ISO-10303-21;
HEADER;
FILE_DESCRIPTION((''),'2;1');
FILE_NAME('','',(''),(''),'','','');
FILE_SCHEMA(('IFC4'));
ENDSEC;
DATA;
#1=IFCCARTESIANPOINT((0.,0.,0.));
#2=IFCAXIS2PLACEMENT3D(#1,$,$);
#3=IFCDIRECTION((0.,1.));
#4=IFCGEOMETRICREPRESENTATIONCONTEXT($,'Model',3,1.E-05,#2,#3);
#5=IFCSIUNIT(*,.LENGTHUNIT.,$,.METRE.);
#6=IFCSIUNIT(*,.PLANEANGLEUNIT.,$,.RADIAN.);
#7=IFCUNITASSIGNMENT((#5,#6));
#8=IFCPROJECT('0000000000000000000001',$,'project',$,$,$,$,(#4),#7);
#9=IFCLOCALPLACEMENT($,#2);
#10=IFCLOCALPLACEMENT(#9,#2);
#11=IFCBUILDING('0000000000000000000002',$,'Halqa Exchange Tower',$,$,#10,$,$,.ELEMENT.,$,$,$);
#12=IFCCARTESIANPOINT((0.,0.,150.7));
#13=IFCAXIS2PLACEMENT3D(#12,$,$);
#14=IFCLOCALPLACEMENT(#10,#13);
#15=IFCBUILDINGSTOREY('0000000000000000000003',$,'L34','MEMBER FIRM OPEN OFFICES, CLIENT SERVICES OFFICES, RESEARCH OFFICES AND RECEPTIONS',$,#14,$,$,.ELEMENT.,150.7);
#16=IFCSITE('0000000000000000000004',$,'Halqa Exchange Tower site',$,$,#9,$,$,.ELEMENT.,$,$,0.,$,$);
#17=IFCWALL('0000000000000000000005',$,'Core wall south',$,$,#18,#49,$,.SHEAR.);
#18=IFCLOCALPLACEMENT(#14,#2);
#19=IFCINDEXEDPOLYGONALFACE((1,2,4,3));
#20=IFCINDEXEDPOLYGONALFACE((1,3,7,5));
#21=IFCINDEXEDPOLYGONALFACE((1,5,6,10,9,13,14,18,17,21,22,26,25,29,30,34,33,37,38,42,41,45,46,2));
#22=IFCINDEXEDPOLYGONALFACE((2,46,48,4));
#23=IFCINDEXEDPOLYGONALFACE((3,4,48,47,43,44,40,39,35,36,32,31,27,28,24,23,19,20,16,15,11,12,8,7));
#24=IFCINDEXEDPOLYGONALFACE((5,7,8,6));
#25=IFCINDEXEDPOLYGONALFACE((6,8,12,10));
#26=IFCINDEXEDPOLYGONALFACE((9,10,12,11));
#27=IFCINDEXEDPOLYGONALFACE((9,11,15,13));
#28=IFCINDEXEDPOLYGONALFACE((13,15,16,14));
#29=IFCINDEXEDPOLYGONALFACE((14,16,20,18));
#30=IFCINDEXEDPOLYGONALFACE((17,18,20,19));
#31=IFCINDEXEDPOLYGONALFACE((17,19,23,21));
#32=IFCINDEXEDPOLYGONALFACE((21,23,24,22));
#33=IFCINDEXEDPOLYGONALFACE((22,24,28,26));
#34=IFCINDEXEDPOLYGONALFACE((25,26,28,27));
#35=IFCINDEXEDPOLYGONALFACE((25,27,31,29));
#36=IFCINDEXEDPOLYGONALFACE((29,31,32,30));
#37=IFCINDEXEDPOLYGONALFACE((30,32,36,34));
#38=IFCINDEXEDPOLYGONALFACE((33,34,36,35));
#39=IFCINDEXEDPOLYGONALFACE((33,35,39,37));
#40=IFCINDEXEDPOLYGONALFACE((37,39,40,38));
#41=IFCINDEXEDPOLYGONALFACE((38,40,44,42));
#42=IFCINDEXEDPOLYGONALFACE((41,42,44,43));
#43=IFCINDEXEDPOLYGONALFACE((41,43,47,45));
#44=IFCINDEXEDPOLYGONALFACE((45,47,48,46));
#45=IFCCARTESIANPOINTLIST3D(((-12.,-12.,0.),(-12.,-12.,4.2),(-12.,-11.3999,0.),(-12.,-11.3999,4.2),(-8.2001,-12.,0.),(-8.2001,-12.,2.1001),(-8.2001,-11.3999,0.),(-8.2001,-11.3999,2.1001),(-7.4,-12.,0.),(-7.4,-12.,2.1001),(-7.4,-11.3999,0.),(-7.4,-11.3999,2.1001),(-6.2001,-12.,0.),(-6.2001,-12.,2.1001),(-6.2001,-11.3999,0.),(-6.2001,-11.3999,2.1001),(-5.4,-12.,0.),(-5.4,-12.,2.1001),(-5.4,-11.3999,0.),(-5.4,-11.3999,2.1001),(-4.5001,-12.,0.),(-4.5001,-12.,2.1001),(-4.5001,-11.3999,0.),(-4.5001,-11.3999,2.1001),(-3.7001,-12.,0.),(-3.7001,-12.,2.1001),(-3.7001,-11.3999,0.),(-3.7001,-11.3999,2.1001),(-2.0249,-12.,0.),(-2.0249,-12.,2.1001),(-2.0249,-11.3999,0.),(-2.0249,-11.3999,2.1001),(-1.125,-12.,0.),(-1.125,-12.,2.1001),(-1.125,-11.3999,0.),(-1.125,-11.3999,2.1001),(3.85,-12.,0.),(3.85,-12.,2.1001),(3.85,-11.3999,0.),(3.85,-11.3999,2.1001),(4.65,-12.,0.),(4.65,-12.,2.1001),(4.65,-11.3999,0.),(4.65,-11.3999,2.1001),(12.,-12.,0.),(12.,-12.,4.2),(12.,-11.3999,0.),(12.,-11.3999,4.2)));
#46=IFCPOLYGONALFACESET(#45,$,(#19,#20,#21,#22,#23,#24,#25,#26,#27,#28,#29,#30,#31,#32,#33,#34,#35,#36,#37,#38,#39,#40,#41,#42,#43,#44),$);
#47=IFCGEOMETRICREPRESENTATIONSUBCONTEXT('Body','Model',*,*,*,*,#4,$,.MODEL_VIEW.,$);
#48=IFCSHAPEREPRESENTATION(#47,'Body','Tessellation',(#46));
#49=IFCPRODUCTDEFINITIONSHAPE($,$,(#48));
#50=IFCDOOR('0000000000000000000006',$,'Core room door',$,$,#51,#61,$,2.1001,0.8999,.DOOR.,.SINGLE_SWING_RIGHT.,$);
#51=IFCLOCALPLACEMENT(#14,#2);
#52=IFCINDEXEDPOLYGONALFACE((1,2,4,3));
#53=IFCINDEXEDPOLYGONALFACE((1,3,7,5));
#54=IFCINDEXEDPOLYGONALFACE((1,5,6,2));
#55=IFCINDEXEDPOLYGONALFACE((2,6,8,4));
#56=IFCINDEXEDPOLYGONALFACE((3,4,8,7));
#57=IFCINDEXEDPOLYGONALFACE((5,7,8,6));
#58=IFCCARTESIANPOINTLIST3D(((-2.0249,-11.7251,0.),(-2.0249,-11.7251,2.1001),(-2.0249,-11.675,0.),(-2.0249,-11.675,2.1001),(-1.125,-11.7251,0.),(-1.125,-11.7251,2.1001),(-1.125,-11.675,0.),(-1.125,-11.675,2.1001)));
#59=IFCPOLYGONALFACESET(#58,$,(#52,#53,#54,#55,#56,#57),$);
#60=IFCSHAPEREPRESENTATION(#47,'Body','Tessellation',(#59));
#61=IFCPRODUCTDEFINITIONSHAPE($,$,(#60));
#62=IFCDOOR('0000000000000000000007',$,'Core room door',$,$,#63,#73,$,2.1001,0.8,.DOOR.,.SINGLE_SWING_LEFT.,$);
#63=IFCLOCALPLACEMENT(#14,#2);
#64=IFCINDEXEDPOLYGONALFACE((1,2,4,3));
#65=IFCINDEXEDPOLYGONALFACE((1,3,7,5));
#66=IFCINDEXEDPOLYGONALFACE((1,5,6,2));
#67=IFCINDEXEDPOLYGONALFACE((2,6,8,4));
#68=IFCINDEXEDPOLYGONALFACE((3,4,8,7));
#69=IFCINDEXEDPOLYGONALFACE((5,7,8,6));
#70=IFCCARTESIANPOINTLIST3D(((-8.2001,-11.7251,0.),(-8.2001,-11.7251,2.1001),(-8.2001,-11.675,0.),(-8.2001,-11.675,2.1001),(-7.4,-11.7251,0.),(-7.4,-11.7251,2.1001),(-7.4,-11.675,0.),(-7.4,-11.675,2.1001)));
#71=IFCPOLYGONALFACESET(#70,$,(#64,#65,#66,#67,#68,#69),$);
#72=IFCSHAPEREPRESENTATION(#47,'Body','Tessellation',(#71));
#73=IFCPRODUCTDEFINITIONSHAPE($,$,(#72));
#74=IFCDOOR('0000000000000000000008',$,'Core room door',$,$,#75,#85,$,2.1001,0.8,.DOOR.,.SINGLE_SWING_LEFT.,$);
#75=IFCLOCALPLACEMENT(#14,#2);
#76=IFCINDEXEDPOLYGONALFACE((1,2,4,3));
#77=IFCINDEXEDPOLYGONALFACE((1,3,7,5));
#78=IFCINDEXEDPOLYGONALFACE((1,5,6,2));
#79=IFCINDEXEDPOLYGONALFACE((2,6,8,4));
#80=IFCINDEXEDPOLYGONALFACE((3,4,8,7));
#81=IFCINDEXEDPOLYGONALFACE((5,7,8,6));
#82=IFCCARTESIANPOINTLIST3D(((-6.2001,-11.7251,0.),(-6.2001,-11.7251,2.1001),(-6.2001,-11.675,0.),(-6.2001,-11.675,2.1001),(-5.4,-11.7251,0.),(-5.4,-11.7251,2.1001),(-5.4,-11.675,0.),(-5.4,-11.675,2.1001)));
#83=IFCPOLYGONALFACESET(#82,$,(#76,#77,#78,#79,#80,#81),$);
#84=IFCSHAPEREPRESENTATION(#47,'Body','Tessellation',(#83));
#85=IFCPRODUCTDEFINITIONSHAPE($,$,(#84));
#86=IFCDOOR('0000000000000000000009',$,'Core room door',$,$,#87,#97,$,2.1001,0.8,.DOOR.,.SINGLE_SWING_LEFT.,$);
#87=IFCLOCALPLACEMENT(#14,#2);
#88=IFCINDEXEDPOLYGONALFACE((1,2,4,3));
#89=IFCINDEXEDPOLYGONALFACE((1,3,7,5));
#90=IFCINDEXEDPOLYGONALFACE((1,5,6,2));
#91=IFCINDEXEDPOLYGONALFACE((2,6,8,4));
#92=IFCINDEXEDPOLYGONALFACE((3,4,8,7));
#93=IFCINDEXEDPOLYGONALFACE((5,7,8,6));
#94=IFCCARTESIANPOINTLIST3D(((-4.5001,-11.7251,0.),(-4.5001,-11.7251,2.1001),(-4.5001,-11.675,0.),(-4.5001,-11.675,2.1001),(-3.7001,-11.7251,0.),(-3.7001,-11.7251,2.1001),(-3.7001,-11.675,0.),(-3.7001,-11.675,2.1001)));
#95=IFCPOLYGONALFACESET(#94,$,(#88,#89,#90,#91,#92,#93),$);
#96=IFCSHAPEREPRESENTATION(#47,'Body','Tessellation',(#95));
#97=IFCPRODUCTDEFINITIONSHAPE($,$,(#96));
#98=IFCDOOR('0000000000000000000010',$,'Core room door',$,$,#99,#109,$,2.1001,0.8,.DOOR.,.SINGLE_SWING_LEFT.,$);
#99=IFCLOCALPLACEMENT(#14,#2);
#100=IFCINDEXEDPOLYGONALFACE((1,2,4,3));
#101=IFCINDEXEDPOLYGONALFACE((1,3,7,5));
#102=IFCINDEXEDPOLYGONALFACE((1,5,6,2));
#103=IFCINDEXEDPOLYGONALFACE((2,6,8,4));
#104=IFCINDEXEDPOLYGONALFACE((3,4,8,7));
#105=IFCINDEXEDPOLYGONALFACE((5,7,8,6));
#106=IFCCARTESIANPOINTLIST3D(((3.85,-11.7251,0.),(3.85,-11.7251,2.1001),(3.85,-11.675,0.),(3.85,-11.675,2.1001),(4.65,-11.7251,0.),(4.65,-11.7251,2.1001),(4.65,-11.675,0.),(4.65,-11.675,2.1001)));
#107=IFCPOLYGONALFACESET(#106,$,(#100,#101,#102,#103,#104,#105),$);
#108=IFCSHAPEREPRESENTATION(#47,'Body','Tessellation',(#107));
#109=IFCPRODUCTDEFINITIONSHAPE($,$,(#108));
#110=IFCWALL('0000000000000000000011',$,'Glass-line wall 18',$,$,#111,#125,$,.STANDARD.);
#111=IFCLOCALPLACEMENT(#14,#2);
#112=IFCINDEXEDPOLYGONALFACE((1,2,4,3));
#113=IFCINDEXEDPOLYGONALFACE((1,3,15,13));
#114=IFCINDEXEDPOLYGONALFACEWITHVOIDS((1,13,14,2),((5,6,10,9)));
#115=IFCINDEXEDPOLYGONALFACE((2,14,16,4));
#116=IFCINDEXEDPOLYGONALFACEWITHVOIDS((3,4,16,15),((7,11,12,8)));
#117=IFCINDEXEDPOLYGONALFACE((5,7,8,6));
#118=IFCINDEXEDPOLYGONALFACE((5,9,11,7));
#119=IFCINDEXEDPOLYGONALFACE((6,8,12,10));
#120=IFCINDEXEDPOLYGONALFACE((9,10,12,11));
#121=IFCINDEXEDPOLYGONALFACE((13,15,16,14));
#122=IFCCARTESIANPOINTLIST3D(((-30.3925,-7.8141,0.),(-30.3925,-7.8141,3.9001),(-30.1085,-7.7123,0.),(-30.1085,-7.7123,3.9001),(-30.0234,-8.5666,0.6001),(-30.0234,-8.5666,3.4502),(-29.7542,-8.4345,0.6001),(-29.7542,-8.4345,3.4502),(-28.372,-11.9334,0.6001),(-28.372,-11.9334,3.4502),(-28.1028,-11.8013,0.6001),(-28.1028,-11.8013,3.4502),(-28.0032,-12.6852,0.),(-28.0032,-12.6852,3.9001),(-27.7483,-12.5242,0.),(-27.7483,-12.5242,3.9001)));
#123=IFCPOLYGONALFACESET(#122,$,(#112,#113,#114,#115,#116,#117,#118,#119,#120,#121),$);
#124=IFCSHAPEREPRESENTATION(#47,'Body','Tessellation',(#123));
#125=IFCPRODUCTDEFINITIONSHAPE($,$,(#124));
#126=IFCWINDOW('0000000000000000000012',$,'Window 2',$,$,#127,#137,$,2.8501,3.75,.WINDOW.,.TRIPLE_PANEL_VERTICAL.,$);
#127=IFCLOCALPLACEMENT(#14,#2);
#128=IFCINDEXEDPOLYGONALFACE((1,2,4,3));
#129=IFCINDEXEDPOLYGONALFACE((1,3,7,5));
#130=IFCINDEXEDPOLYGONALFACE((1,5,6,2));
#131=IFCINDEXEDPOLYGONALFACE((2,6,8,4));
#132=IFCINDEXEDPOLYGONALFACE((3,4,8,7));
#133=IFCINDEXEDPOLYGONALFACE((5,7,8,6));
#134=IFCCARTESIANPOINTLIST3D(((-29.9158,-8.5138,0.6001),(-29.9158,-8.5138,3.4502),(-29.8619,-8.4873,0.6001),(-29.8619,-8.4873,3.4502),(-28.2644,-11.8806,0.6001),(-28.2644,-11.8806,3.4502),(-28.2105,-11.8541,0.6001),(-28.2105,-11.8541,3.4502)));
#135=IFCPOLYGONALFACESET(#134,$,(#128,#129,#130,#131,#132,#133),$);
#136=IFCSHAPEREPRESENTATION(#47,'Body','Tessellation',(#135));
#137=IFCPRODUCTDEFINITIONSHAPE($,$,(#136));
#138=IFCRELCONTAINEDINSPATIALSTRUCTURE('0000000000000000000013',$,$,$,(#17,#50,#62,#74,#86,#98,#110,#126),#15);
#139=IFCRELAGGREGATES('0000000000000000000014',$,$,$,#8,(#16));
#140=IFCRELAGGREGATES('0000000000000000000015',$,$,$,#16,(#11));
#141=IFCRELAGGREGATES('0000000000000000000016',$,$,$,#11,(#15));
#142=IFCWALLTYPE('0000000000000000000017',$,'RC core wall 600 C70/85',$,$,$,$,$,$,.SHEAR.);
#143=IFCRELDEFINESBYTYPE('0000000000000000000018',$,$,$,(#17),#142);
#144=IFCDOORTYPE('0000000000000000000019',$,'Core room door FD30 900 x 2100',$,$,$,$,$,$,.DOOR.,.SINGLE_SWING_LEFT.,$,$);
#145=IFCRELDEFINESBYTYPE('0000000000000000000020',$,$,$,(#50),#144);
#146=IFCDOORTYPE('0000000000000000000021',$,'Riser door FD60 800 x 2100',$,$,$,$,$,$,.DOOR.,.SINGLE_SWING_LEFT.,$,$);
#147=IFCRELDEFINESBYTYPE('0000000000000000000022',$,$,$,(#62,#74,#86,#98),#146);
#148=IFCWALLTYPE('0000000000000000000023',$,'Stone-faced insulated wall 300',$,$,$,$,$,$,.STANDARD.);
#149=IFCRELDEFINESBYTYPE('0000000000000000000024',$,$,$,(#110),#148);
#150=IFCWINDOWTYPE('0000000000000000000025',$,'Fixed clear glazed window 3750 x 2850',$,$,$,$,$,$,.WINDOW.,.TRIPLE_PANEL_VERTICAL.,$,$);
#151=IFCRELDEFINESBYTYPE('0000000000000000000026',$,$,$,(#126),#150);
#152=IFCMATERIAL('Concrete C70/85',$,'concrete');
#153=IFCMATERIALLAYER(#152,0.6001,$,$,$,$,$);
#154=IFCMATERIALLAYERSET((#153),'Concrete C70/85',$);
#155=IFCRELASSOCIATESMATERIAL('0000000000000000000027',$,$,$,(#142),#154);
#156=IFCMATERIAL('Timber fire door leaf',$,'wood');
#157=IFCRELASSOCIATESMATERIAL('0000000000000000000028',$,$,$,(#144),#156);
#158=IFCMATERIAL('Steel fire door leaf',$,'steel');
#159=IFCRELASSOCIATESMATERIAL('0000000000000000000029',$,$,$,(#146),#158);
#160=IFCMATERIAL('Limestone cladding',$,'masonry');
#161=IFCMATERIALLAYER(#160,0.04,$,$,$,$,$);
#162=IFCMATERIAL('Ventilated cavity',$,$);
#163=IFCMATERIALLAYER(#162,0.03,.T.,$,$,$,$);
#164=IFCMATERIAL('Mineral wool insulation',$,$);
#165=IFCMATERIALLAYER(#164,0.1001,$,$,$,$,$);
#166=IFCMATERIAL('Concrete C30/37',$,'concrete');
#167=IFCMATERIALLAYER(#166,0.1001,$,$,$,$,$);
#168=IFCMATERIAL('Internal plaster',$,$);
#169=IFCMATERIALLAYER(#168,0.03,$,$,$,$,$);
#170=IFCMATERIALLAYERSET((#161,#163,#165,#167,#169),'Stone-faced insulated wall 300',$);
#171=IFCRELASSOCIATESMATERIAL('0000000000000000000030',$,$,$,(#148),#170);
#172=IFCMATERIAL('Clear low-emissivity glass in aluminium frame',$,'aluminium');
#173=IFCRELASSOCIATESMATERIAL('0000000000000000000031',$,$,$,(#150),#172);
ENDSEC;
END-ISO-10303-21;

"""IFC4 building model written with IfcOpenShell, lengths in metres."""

from ifc_helpers import new_model, si_unit, direction, frame, frame_2d, origin, place, context, subcontext, project, spatial, polyline, rectangle, outline, extrude, material, layer, layer_set, type_object, element, fill, save


model = new_model("IFC4")

# Units and contexts
model_context = context("Model", 3, precision=1e-05, world=origin(), true_north=direction((0.0, 1.0)))
body_context = subcontext(model_context, "Body", "Model", "MODEL_VIEW")
ifc_project = project(units=[si_unit("LENGTHUNIT", "METRE"), si_unit("PLANEANGLEUNIT", "RADIAN")], contexts=[model_context])

# Site, building, storey
site_placement = place(None, origin())
site = spatial("IfcSite", under=ifc_project, at=site_placement, Name="Halqa Exchange Tower site", CompositionType="ELEMENT", RefElevation=0.0)
building_placement = place(site_placement, origin())
building = spatial("IfcBuilding", under=site, at=building_placement, Name="Halqa Exchange Tower", CompositionType="ELEMENT")
storey_placement = place(building_placement, frame((0.0, 0.0, 150.7)))
storey = spatial("IfcBuildingStorey", under=building, at=storey_placement, Name="L34", Description="MEMBER FIRM OPEN OFFICES, CLIENT SERVICES OFFICES, RESEARCH OFFICES AND RECEPTIONS", CompositionType="ELEMENT", Elevation=150.7)

# Shared definitions
ifc_material_1 = material(Name="Concrete C70/85", Category="concrete")

# Wall, openings, doors
ifc_layer_1 = layer(ifc_material_1, 0.6001)
ifc_layer_set_1 = layer_set([ifc_layer_1], Name="Concrete C70/85")
wall_type_1 = type_object("IfcWallType", Name="RC core wall 600 C70/85", PredefinedType="SHEAR", material=ifc_layer_set_1)
wall_1_placement = place(storey_placement, frame((-12.0, -11.7, 0.0), z_axis=(0.0, 0.0, 1.0), x_axis=(1.0, 0.0, 0.0)))
wall_1 = element("IfcWall", 1, at=wall_1_placement, inside=storey, type_object=wall_type_1, Name="Core wall south", PredefinedType="SHEAR", context=body_context, shape_type="SweptSolid", body=[
    extrude(rectangle(XDim=24.0, YDim=0.6001, at=frame_2d((12.0, 0.0))), origin(), (0.0, 0.0, 1.0), 4.2),
])
opening_1_placement = place(wall_1_placement, frame((9.9751, 0.0, 0.0)))
opening_1 = element("IfcOpeningElement", 2, at=opening_1_placement, cuts=wall_1, PredefinedType="OPENING", context=body_context, shape_type="SweptSolid", body=[
    extrude(rectangle(XDim=0.8999, YDim=2.1001, at=frame_2d((0.45, 1.05))), frame((0.0, 0.312, 0.0), z_axis=(0.0, -1.0, 0.0), x_axis=(1.0, 0.0, 0.0)), (0.0, 0.0, 1.0), 0.624),
])
opening_2_placement = place(wall_1_placement, frame((3.8, 0.0, 0.0)))
opening_2 = element("IfcOpeningElement", 3, at=opening_2_placement, cuts=wall_1, PredefinedType="OPENING", context=body_context, shape_type="SweptSolid", body=[
    extrude(rectangle(XDim=0.8, YDim=2.1001, at=frame_2d((0.3999, 1.05))), frame((0.0, 0.312, 0.0), z_axis=(0.0, -1.0, 0.0), x_axis=(1.0, 0.0, 0.0)), (0.0, 0.0, 1.0), 0.624),
])
opening_3_placement = place(wall_1_placement, frame((5.8, 0.0, 0.0)))
opening_3 = element("IfcOpeningElement", 4, at=opening_3_placement, cuts=wall_1, PredefinedType="OPENING", context=body_context, shape_type="SweptSolid", body=[
    extrude(rectangle(XDim=0.8, YDim=2.1001, at=frame_2d((0.3999, 1.05))), frame((0.0, 0.312, 0.0), z_axis=(0.0, -1.0, 0.0), x_axis=(1.0, 0.0, 0.0)), (0.0, 0.0, 1.0), 0.624),
])
opening_4_placement = place(wall_1_placement, frame((7.5, 0.0, 0.0)))
opening_4 = element("IfcOpeningElement", 5, at=opening_4_placement, cuts=wall_1, PredefinedType="OPENING", context=body_context, shape_type="SweptSolid", body=[
    extrude(rectangle(XDim=0.8, YDim=2.1001, at=frame_2d((0.3999, 1.05))), frame((0.0, 0.312, 0.0), z_axis=(0.0, -1.0, 0.0), x_axis=(1.0, 0.0, 0.0)), (0.0, 0.0, 1.0), 0.624),
])
opening_5_placement = place(wall_1_placement, frame((15.8501, 0.0, 0.0)))
opening_5 = element("IfcOpeningElement", 6, at=opening_5_placement, cuts=wall_1, PredefinedType="OPENING", context=body_context, shape_type="SweptSolid", body=[
    extrude(rectangle(XDim=0.8, YDim=2.1001, at=frame_2d((0.3999, 1.05))), frame((0.0, 0.312, 0.0), z_axis=(0.0, -1.0, 0.0), x_axis=(1.0, 0.0, 0.0)), (0.0, 0.0, 1.0), 0.624),
])
ifc_material_2 = material(Name="Timber fire door leaf", Category="wood")
door_type_1 = type_object("IfcDoorType", Name="Core room door FD30 900 x 2100", OperationType="SINGLE_SWING_LEFT", PredefinedType="DOOR", material=ifc_material_2)
door_1_placement = place(opening_1_placement, origin())
door_1 = element("IfcDoor", 7, at=door_1_placement, inside=storey, type_object=door_type_1, Name="Core room door", OperationType="SINGLE_SWING_RIGHT", OverallHeight=2.1001, OverallWidth=0.8999, PredefinedType="DOOR", context=body_context, shape_type="SweptSolid", body=[
    extrude(rectangle(XDim=0.8999, YDim=2.1001, at=frame_2d((0.45, 1.05))), frame((0.0, 0.0249, 0.0), z_axis=(0.0, -1.0, 0.0), x_axis=(1.0, 0.0, 0.0)), (0.0, 0.0, 1.0), 0.05),
])
fill(opening_1, door_1)
ifc_material_3 = material(Name="Steel fire door leaf", Category="steel")
door_type_2 = type_object("IfcDoorType", Name="Riser door FD60 800 x 2100", OperationType="SINGLE_SWING_LEFT", PredefinedType="DOOR", material=ifc_material_3)
door_2_placement = place(opening_2_placement, origin())
door_2 = element("IfcDoor", 8, at=door_2_placement, inside=storey, type_object=door_type_2, Name="Core room door", OperationType="SINGLE_SWING_LEFT", OverallHeight=2.1001, OverallWidth=0.8, PredefinedType="DOOR", context=body_context, shape_type="SweptSolid", body=[
    extrude(rectangle(XDim=0.8, YDim=2.1001, at=frame_2d((0.3999, 1.05))), frame((0.0, 0.0249, 0.0), z_axis=(0.0, -1.0, 0.0), x_axis=(1.0, 0.0, 0.0)), (0.0, 0.0, 1.0), 0.05),
])
fill(opening_2, door_2)
door_3_placement = place(opening_3_placement, origin())
door_3 = element("IfcDoor", 9, at=door_3_placement, inside=storey, type_object=door_type_2, Name="Core room door", OperationType="SINGLE_SWING_LEFT", OverallHeight=2.1001, OverallWidth=0.8, PredefinedType="DOOR", context=body_context, shape_type="SweptSolid", body=[
    extrude(rectangle(XDim=0.8, YDim=2.1001, at=frame_2d((0.3999, 1.05))), frame((0.0, 0.0249, 0.0), z_axis=(0.0, -1.0, 0.0), x_axis=(1.0, 0.0, 0.0)), (0.0, 0.0, 1.0), 0.05),
])
fill(opening_3, door_3)
door_4_placement = place(opening_4_placement, origin())
door_4 = element("IfcDoor", 10, at=door_4_placement, inside=storey, type_object=door_type_2, Name="Core room door", OperationType="SINGLE_SWING_LEFT", OverallHeight=2.1001, OverallWidth=0.8, PredefinedType="DOOR", context=body_context, shape_type="SweptSolid", body=[
    extrude(rectangle(XDim=0.8, YDim=2.1001, at=frame_2d((0.3999, 1.05))), frame((0.0, 0.0249, 0.0), z_axis=(0.0, -1.0, 0.0), x_axis=(1.0, 0.0, 0.0)), (0.0, 0.0, 1.0), 0.05),
])
fill(opening_4, door_4)
door_5_placement = place(opening_5_placement, origin())
door_5 = element("IfcDoor", 11, at=door_5_placement, inside=storey, type_object=door_type_2, Name="Core room door", OperationType="SINGLE_SWING_LEFT", OverallHeight=2.1001, OverallWidth=0.8, PredefinedType="DOOR", context=body_context, shape_type="SweptSolid", body=[
    extrude(rectangle(XDim=0.8, YDim=2.1001, at=frame_2d((0.3999, 1.05))), frame((0.0, 0.0249, 0.0), z_axis=(0.0, -1.0, 0.0), x_axis=(1.0, 0.0, 0.0)), (0.0, 0.0, 1.0), 0.05),
])
fill(opening_5, door_5)

# Wall, opening, window
ifc_material_4 = material(Name="Limestone cladding", Category="masonry")
ifc_layer_2 = layer(ifc_material_4, 0.04)
ifc_material_5 = material(Name="Ventilated cavity")
ifc_layer_3 = layer(ifc_material_5, 0.03, ventilated=True)
ifc_material_6 = material(Name="Mineral wool insulation")
ifc_layer_4 = layer(ifc_material_6, 0.1001)
ifc_material_7 = material(Name="Concrete C30/37", Category="concrete")
ifc_layer_5 = layer(ifc_material_7, 0.1001)
ifc_material_8 = material(Name="Internal plaster")
ifc_layer_6 = layer(ifc_material_8, 0.03)
ifc_layer_set_2 = layer_set([ifc_layer_2, ifc_layer_3, ifc_layer_4, ifc_layer_5, ifc_layer_6], Name="Stone-faced insulated wall 300")
wall_type_2 = type_object("IfcWallType", Name="Stone-faced insulated wall 300", PredefinedType="STANDARD", material=ifc_layer_set_2)
wall_2_placement = place(storey_placement, frame((-30.2505, -7.7632, 0.0), z_axis=(0.0, 0.0, 1.0), x_axis=(0.440373, -0.897815, 0.0)))
wall_2 = element("IfcWall", 12, at=wall_2_placement, inside=storey, type_object=wall_type_2, Name="Glass-line wall 18", PredefinedType="STANDARD", context=body_context, shape_type="SweptSolid", body=[
    extrude(outline(polyline([(-0.0168, -0.1499), (5.4087, -0.1499), (5.3765, 0.1499), (0.0168, 0.1499), (-0.0168, -0.1499)])), origin(), (0.0, 0.0, 1.0), 3.9001),
])
opening_6_placement = place(wall_2_placement, frame((0.8213, 0.0, 0.6001)))
opening_6 = element("IfcOpeningElement", 13, at=opening_6_placement, cuts=wall_2, PredefinedType="OPENING", context=body_context, shape_type="SweptSolid", body=[
    extrude(rectangle(XDim=3.75, YDim=2.8501, at=frame_2d((1.875, 1.425))), frame((0.0, 0.1621, 0.0), z_axis=(0.0, -1.0, 0.0), x_axis=(1.0, 0.0, 0.0)), (0.0, 0.0, 1.0), 0.324),
])
ifc_material_9 = material(Name="Clear low-emissivity glass in aluminium frame", Category="aluminium")
window_type = type_object("IfcWindowType", Name="Fixed clear glazed window 3750 x 2850", PartitioningType="TRIPLE_PANEL_VERTICAL", PredefinedType="WINDOW", material=ifc_material_9)
window_1_placement = place(opening_6_placement, origin())
window_1 = element("IfcWindow", 14, at=window_1_placement, inside=storey, type_object=window_type, Name="Window 2", OverallHeight=2.8501, OverallWidth=3.75, PartitioningType="TRIPLE_PANEL_VERTICAL", PredefinedType="WINDOW", context=body_context, shape_type="SweptSolid", body=[
    extrude(rectangle(XDim=3.75, YDim=2.8501, at=frame_2d((1.875, 1.425))), frame((0.0, 0.03, 0.0), z_axis=(0.0, -1.0, 0.0), x_axis=(1.0, 0.0, 0.0)), (0.0, 0.0, 1.0), 0.0601),
])
fill(opening_6, window_1)

save(model, "model.ifc")
